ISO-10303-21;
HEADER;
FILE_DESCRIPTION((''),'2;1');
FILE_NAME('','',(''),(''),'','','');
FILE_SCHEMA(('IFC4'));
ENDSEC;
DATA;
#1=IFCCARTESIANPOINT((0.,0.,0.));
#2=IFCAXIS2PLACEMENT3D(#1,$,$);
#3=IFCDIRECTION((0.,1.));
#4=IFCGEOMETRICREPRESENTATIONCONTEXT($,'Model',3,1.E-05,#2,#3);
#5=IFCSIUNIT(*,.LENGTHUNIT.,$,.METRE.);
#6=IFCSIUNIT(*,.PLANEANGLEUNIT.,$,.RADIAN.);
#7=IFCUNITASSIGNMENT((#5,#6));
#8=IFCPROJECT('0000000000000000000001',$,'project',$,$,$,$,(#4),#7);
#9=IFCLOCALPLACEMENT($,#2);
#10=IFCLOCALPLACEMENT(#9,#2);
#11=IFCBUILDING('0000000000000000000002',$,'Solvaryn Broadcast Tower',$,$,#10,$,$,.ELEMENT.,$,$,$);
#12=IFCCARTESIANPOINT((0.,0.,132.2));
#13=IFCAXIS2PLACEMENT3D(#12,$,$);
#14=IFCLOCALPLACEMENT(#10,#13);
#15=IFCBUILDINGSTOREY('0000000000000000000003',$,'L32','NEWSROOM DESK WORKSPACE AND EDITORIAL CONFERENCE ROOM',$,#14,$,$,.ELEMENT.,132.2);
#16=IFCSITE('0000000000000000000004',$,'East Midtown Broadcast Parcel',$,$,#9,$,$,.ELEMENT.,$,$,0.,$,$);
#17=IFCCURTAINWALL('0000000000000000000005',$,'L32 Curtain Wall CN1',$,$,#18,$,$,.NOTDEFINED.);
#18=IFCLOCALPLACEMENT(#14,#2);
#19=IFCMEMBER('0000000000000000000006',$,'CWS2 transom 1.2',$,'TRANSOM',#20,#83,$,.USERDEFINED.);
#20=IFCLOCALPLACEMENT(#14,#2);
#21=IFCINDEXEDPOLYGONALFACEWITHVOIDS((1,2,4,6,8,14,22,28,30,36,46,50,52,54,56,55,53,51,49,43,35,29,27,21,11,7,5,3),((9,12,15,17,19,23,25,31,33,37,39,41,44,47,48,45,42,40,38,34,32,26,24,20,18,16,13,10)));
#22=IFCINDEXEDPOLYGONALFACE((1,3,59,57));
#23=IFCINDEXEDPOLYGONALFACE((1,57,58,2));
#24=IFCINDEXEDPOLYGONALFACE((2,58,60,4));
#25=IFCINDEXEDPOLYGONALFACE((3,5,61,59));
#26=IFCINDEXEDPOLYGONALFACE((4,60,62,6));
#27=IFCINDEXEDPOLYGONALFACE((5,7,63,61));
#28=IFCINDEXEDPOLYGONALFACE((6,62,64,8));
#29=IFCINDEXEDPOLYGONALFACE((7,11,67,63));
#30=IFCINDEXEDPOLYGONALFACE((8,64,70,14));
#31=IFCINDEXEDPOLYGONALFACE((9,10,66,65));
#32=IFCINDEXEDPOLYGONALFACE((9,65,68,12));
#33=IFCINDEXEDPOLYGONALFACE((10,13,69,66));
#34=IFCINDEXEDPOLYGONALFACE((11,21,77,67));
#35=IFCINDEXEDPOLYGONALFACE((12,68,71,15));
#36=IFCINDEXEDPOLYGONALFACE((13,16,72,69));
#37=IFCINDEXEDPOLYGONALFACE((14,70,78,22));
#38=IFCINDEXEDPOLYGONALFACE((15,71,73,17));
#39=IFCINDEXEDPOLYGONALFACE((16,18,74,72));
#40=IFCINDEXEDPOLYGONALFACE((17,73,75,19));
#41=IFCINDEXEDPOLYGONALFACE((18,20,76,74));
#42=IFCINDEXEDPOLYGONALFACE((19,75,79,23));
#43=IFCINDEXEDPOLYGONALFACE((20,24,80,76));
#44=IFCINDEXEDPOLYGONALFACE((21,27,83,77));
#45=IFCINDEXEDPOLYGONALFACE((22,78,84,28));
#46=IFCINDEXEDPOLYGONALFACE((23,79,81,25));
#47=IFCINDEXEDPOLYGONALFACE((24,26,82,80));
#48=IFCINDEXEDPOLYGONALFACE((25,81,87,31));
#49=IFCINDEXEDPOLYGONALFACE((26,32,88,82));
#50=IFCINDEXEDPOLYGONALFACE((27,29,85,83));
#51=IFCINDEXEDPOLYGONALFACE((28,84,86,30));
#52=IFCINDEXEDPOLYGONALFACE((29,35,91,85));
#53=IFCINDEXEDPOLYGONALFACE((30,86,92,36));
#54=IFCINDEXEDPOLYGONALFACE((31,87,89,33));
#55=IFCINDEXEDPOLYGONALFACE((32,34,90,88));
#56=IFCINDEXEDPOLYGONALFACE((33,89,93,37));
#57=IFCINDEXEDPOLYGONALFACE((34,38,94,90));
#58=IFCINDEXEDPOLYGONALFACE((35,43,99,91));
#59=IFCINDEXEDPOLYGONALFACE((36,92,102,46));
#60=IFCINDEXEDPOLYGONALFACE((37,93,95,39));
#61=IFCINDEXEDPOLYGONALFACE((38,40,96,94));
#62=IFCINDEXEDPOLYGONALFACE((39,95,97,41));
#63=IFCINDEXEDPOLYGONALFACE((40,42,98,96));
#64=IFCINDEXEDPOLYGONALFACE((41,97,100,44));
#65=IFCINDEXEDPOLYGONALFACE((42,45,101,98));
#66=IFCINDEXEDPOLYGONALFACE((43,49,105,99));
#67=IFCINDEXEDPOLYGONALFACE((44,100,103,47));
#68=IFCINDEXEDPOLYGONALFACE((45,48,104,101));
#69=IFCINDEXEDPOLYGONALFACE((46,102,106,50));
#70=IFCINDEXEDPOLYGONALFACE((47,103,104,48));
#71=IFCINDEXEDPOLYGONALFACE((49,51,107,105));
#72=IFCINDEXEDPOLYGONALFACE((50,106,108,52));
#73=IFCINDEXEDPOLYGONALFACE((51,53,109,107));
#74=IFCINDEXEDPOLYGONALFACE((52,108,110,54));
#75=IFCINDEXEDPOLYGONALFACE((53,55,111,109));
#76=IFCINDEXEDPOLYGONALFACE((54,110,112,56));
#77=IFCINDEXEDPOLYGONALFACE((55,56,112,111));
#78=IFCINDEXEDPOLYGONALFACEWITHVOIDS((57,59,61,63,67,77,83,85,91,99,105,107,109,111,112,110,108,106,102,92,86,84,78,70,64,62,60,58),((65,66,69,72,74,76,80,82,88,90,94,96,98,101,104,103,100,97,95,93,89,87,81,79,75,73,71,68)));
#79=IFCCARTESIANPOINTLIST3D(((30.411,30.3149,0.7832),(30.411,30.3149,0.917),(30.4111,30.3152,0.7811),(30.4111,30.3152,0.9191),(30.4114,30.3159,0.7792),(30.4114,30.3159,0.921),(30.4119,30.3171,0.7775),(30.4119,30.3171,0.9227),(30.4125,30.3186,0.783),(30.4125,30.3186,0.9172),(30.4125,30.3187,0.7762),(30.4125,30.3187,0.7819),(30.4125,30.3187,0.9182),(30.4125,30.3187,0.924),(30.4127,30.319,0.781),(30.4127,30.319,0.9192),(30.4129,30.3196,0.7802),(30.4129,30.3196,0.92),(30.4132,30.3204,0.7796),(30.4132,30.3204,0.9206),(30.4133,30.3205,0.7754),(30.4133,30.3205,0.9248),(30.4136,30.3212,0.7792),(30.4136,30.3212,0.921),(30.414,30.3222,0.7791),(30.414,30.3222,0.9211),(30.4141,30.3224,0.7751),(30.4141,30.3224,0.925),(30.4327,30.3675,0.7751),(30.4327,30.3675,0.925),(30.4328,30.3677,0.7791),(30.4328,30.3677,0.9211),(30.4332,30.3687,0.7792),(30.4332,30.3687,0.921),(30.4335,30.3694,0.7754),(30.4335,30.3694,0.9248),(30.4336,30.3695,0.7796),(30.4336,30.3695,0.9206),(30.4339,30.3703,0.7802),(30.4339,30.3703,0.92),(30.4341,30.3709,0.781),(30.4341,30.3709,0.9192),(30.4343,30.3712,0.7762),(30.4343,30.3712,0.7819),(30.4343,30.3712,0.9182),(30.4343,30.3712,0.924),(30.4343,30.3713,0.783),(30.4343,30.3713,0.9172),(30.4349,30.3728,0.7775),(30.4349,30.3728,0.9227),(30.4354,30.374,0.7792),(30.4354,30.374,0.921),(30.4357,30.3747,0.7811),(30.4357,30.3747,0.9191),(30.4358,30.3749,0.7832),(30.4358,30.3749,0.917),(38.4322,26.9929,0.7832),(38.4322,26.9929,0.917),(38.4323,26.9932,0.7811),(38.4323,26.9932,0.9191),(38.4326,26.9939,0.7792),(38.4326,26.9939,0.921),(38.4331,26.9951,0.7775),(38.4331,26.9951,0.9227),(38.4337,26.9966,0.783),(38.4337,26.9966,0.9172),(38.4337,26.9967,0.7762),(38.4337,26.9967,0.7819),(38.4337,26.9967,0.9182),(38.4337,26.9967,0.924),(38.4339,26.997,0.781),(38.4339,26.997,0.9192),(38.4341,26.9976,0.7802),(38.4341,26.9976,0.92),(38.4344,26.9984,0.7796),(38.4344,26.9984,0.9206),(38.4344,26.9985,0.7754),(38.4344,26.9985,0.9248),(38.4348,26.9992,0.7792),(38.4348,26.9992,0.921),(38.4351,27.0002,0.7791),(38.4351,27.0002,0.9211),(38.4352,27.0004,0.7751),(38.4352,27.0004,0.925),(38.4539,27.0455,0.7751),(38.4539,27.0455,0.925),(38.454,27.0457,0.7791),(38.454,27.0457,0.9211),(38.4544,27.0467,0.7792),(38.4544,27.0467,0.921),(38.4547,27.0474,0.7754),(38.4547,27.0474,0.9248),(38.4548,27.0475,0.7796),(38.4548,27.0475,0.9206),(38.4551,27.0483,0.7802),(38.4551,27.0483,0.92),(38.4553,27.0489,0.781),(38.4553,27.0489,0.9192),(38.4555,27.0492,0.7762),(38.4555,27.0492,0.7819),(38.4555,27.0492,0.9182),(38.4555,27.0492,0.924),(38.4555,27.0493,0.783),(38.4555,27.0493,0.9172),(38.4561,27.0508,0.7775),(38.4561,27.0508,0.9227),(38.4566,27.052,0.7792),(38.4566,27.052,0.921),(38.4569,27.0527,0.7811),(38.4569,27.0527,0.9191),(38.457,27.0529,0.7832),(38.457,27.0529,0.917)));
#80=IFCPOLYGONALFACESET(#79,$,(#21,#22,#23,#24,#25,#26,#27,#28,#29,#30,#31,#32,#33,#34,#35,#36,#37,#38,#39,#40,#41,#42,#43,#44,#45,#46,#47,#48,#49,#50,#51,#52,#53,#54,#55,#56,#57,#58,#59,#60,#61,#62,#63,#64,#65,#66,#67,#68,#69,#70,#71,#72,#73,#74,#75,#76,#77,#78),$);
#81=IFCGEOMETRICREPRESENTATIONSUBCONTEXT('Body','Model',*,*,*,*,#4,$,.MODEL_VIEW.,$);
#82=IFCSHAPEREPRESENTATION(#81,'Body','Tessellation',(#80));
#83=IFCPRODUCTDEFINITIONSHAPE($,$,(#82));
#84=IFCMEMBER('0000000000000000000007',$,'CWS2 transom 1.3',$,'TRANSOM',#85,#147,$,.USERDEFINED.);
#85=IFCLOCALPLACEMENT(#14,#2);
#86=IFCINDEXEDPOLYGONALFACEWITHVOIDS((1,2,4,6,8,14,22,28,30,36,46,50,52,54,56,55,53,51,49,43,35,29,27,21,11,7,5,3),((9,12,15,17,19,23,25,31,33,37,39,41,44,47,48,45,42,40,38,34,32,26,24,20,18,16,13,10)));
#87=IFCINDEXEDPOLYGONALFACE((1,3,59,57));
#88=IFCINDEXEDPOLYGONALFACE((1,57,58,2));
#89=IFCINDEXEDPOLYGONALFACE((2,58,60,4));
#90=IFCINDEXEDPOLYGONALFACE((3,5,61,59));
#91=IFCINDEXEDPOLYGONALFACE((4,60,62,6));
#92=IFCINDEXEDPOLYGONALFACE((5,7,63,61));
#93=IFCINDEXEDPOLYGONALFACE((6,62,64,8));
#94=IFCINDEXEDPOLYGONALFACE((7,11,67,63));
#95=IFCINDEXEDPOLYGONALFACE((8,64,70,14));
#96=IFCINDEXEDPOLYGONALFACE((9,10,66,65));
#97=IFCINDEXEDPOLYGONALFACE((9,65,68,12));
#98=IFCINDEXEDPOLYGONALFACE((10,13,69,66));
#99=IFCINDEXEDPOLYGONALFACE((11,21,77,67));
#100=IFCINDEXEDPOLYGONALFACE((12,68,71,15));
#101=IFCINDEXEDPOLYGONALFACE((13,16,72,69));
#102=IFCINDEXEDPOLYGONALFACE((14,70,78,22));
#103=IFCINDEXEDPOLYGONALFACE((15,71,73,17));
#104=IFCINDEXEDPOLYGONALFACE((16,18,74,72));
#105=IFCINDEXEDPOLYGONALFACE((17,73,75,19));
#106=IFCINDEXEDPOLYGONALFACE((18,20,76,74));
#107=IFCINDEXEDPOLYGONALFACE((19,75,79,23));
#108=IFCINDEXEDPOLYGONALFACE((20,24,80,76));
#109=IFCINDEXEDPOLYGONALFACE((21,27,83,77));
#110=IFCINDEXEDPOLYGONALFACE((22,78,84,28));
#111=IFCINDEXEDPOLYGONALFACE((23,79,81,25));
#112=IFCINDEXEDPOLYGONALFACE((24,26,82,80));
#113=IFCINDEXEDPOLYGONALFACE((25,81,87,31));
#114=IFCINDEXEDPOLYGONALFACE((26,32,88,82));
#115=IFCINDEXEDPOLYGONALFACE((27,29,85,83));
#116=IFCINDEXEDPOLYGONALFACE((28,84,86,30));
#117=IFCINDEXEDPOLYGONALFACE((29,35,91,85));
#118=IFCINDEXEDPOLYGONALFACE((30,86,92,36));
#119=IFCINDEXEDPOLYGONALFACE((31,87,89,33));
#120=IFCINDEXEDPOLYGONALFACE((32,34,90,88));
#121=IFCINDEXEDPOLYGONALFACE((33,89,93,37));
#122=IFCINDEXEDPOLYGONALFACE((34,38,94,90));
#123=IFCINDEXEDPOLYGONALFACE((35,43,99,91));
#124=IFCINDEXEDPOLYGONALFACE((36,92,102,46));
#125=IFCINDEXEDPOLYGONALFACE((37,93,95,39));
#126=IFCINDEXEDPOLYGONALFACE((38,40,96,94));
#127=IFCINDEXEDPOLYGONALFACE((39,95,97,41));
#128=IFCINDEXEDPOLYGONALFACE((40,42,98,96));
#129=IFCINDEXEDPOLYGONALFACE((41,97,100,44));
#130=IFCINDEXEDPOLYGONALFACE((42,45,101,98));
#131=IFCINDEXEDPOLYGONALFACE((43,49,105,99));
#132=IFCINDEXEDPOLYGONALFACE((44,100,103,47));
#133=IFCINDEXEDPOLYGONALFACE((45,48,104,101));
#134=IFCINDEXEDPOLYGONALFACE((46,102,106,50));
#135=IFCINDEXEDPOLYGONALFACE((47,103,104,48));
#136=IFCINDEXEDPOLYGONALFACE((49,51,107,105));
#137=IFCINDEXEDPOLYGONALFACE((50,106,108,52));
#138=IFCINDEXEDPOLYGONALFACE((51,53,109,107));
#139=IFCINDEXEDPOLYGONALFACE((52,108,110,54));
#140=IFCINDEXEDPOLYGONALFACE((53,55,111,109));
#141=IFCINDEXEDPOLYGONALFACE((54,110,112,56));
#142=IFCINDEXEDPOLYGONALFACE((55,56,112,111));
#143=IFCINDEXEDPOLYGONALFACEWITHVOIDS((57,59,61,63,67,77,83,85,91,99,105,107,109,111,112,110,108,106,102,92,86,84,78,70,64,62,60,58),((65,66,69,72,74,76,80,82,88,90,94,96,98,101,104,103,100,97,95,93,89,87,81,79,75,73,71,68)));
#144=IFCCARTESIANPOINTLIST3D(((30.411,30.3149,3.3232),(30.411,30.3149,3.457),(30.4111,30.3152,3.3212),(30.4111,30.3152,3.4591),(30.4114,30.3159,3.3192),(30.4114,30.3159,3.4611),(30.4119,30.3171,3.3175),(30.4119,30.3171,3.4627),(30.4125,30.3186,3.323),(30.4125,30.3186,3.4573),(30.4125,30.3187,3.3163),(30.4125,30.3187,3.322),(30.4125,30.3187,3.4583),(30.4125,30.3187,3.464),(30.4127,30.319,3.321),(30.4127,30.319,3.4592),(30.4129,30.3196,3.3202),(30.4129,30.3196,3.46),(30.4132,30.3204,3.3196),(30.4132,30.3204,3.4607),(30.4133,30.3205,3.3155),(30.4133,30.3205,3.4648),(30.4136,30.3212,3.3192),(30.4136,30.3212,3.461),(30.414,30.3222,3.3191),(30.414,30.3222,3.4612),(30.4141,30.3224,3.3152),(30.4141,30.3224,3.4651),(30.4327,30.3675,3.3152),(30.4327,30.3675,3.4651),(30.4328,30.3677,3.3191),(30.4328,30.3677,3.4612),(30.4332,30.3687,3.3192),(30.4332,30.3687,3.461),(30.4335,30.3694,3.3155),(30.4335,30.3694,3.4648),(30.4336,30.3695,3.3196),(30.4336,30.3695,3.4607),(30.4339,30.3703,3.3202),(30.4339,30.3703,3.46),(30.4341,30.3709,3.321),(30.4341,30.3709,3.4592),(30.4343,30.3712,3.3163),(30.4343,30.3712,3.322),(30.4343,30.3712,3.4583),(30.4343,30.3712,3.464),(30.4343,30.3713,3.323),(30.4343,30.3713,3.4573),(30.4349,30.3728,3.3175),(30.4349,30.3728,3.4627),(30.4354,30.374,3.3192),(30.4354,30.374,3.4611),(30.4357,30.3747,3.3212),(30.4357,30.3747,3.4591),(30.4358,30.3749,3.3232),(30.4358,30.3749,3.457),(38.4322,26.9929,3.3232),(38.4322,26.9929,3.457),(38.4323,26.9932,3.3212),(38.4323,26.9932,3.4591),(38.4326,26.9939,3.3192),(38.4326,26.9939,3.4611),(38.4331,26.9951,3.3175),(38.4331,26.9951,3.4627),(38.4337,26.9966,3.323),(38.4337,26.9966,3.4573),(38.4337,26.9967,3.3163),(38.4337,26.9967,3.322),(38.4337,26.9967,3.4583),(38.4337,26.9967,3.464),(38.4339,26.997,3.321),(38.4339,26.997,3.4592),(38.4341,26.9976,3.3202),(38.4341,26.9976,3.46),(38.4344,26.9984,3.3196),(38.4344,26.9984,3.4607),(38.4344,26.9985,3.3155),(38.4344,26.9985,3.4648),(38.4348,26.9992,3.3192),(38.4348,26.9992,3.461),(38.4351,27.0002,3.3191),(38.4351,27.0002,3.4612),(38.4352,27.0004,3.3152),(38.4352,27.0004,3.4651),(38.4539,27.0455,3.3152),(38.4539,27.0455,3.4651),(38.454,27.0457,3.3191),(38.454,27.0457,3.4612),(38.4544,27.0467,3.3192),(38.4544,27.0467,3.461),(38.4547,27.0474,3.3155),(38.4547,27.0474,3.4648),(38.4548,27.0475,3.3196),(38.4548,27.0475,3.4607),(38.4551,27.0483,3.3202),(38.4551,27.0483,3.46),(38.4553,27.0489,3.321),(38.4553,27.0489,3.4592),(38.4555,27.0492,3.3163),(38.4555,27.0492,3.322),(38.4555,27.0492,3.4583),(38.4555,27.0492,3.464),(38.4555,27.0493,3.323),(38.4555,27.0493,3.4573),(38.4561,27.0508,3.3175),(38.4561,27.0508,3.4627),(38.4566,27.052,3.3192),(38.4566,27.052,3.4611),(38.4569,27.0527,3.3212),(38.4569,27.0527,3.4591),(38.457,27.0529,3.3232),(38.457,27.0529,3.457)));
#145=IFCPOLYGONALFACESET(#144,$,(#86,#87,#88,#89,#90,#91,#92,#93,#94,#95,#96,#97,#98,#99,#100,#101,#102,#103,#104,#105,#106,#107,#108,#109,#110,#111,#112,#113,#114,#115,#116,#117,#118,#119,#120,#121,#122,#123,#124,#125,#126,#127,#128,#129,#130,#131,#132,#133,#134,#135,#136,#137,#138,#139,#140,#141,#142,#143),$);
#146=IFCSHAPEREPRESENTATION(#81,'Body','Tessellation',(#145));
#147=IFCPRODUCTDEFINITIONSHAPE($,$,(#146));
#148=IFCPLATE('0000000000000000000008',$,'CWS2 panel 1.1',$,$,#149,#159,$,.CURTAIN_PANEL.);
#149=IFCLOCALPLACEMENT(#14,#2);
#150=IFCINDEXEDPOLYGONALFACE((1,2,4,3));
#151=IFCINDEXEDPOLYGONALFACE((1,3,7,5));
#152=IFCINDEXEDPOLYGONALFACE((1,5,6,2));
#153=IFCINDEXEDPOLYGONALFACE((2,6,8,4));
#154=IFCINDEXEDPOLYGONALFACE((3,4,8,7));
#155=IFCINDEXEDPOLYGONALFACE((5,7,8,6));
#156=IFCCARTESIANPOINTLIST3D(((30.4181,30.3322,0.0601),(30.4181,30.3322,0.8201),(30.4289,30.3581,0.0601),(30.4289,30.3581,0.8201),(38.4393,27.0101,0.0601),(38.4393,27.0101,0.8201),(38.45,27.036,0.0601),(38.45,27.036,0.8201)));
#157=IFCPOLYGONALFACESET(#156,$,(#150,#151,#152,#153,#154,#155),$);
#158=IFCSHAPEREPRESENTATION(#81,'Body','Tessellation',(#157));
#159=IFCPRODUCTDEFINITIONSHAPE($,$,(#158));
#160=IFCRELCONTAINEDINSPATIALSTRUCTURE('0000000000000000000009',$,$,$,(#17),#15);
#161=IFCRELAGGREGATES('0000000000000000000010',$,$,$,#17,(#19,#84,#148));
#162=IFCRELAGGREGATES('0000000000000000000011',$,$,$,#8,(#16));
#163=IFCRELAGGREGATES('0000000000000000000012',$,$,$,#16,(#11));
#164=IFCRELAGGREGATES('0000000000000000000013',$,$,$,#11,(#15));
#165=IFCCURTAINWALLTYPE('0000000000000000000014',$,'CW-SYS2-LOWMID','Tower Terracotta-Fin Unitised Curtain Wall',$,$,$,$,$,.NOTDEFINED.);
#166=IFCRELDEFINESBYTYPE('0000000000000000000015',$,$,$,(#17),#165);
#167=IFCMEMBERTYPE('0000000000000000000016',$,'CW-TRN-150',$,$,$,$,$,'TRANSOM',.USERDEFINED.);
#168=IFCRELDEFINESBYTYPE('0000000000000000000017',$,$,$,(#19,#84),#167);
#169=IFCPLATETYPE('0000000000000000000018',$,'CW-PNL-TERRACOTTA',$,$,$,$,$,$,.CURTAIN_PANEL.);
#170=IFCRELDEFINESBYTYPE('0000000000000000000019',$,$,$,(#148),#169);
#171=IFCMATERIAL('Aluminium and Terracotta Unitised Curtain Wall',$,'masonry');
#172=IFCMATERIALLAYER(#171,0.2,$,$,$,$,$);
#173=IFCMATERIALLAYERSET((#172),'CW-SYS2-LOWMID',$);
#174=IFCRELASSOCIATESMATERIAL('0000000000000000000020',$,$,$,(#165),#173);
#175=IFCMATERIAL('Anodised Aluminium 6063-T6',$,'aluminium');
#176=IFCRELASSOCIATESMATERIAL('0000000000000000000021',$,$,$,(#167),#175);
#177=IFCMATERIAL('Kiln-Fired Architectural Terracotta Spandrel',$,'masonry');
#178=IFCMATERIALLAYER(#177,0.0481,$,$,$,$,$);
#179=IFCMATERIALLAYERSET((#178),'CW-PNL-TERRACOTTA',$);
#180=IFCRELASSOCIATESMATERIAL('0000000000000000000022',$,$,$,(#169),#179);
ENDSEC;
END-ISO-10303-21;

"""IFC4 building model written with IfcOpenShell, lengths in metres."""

from ifc_helpers import new_model, si_unit, direction, frame, origin, origin_2d, place, context, subcontext, project, spatial, rectangle, hollow_rectangle, extrude, material, layer, layer_set, material_profile, profile_set, type_object, element, aggregate, save


model = new_model("IFC4")

# Units and contexts
model_context = context("Model", 3, precision=1e-05, world=origin(), true_north=direction((0.0, 1.0)))
body_context = subcontext(model_context, "Body", "Model", "MODEL_VIEW")
ifc_project = project(units=[si_unit("LENGTHUNIT", "METRE"), si_unit("PLANEANGLEUNIT", "RADIAN")], contexts=[model_context])

# Site, building, storey
site_placement = place(None, origin())
site = spatial("IfcSite", under=ifc_project, at=site_placement, Name="East Midtown Broadcast Parcel", CompositionType="ELEMENT", RefElevation=0.0)
building_placement = place(site_placement, origin())
building = spatial("IfcBuilding", under=site, at=building_placement, Name="Solvaryn Broadcast Tower", CompositionType="ELEMENT")
storey_placement = place(building_placement, frame((0.0, 0.0, 132.2)))
storey = spatial("IfcBuildingStorey", under=building, at=storey_placement, Name="L32", Description="NEWSROOM DESK WORKSPACE AND EDITORIAL CONFERENCE ROOM", CompositionType="ELEMENT", Elevation=132.2)

# Curtain wall
ifc_material_1 = material(Name="Aluminium and Terracotta Unitised Curtain Wall", Category="masonry")
ifc_layer_1 = layer(ifc_material_1, 0.2)
ifc_layer_set_1 = layer_set([ifc_layer_1], Name="CW-SYS2-LOWMID")
curtain_wall_type = type_object("IfcCurtainWallType", Name="CW-SYS2-LOWMID", Description="Tower Terracotta-Fin Unitised Curtain Wall", PredefinedType="NOTDEFINED", material=ifc_layer_set_1)
curtain_wall_1_placement = place(storey_placement, origin())
curtain_wall_1 = element("IfcCurtainWall", 1, at=curtain_wall_1_placement, inside=storey, type_object=curtain_wall_type, Name="L32 Curtain Wall CN1", PredefinedType="NOTDEFINED")

# Members
ifc_material_2 = material(Name="Anodised Aluminium 6063-T6", Category="aluminium")
ifc_material_profile_1 = material_profile(ifc_material_2, hollow_rectangle(XDim=0.0649, YDim=0.1499, WallThickness=0.0039, InnerFilletRadius=0.0039, OuterFilletRadius=0.0081, at=origin_2d()))
ifc_profile_set_1 = profile_set([ifc_material_profile_1], Name="Anodised Aluminium 6063-T6")
member_type_1 = type_object("IfcMemberType", Name="CW-TRN-150", ElementType="TRANSOM", PredefinedType="USERDEFINED", material=ifc_profile_set_1)
member_1_placement = place(storey_placement, frame((38.4446, 27.0229, 0.8501), z_axis=(-0.923899, 0.382636, 0.0), x_axis=(-0.382636, -0.923899, 0.0)))
member_1 = element("IfcMember", 2, at=member_1_placement, type_object=member_type_1, Name="CWS2 transom 1.2", ObjectType="TRANSOM", PredefinedType="USERDEFINED", context=body_context, shape_type="SweptSolid", body=[
    extrude(hollow_rectangle(XDim=0.0649, YDim=0.1499, WallThickness=0.0039, InnerFilletRadius=0.0039, OuterFilletRadius=0.0081, at=origin_2d()), origin(), (0.0, 0.0, 1.0), 8.6819),
])
member_2_placement = place(storey_placement, frame((38.4446, 27.0229, 3.3901), z_axis=(-0.923899, 0.382636, 0.0), x_axis=(-0.382636, -0.923899, 0.0)))
member_2 = element("IfcMember", 3, at=member_2_placement, type_object=member_type_1, Name="CWS2 transom 1.3", ObjectType="TRANSOM", PredefinedType="USERDEFINED", context=body_context, shape_type="SweptSolid", body=[
    extrude(hollow_rectangle(XDim=0.0649, YDim=0.1499, WallThickness=0.0039, InnerFilletRadius=0.0039, OuterFilletRadius=0.0081, at=origin_2d()), origin(), (0.0, 0.0, 1.0), 8.6819),
])

# Plate
ifc_material_3 = material(Name="Kiln-Fired Architectural Terracotta Spandrel", Category="masonry")
ifc_layer_2 = layer(ifc_material_3, 0.0481)
ifc_layer_set_2 = layer_set([ifc_layer_2], Name="CW-PNL-TERRACOTTA")
plate_type = type_object("IfcPlateType", Name="CW-PNL-TERRACOTTA", PredefinedType="CURTAIN_PANEL", material=ifc_layer_set_2)
plate_placement = place(storey_placement, frame((34.4341, 28.6841, 0.0601), z_axis=(0.0, 0.0, 1.0), x_axis=(-0.923895, 0.382646, 0.0)))
plate = element("IfcPlate", 4, at=plate_placement, type_object=plate_type, Name="CWS2 panel 1.1", PredefinedType="CURTAIN_PANEL", context=body_context, shape_type="SweptSolid", body=[
    extrude(rectangle(XDim=8.6819, YDim=0.0281, at=origin_2d()), origin(), (0.0, 0.0, 1.0), 0.76),
])
aggregate(curtain_wall_1, [member_1, member_2, plate])

save(model, "model.ifc")
